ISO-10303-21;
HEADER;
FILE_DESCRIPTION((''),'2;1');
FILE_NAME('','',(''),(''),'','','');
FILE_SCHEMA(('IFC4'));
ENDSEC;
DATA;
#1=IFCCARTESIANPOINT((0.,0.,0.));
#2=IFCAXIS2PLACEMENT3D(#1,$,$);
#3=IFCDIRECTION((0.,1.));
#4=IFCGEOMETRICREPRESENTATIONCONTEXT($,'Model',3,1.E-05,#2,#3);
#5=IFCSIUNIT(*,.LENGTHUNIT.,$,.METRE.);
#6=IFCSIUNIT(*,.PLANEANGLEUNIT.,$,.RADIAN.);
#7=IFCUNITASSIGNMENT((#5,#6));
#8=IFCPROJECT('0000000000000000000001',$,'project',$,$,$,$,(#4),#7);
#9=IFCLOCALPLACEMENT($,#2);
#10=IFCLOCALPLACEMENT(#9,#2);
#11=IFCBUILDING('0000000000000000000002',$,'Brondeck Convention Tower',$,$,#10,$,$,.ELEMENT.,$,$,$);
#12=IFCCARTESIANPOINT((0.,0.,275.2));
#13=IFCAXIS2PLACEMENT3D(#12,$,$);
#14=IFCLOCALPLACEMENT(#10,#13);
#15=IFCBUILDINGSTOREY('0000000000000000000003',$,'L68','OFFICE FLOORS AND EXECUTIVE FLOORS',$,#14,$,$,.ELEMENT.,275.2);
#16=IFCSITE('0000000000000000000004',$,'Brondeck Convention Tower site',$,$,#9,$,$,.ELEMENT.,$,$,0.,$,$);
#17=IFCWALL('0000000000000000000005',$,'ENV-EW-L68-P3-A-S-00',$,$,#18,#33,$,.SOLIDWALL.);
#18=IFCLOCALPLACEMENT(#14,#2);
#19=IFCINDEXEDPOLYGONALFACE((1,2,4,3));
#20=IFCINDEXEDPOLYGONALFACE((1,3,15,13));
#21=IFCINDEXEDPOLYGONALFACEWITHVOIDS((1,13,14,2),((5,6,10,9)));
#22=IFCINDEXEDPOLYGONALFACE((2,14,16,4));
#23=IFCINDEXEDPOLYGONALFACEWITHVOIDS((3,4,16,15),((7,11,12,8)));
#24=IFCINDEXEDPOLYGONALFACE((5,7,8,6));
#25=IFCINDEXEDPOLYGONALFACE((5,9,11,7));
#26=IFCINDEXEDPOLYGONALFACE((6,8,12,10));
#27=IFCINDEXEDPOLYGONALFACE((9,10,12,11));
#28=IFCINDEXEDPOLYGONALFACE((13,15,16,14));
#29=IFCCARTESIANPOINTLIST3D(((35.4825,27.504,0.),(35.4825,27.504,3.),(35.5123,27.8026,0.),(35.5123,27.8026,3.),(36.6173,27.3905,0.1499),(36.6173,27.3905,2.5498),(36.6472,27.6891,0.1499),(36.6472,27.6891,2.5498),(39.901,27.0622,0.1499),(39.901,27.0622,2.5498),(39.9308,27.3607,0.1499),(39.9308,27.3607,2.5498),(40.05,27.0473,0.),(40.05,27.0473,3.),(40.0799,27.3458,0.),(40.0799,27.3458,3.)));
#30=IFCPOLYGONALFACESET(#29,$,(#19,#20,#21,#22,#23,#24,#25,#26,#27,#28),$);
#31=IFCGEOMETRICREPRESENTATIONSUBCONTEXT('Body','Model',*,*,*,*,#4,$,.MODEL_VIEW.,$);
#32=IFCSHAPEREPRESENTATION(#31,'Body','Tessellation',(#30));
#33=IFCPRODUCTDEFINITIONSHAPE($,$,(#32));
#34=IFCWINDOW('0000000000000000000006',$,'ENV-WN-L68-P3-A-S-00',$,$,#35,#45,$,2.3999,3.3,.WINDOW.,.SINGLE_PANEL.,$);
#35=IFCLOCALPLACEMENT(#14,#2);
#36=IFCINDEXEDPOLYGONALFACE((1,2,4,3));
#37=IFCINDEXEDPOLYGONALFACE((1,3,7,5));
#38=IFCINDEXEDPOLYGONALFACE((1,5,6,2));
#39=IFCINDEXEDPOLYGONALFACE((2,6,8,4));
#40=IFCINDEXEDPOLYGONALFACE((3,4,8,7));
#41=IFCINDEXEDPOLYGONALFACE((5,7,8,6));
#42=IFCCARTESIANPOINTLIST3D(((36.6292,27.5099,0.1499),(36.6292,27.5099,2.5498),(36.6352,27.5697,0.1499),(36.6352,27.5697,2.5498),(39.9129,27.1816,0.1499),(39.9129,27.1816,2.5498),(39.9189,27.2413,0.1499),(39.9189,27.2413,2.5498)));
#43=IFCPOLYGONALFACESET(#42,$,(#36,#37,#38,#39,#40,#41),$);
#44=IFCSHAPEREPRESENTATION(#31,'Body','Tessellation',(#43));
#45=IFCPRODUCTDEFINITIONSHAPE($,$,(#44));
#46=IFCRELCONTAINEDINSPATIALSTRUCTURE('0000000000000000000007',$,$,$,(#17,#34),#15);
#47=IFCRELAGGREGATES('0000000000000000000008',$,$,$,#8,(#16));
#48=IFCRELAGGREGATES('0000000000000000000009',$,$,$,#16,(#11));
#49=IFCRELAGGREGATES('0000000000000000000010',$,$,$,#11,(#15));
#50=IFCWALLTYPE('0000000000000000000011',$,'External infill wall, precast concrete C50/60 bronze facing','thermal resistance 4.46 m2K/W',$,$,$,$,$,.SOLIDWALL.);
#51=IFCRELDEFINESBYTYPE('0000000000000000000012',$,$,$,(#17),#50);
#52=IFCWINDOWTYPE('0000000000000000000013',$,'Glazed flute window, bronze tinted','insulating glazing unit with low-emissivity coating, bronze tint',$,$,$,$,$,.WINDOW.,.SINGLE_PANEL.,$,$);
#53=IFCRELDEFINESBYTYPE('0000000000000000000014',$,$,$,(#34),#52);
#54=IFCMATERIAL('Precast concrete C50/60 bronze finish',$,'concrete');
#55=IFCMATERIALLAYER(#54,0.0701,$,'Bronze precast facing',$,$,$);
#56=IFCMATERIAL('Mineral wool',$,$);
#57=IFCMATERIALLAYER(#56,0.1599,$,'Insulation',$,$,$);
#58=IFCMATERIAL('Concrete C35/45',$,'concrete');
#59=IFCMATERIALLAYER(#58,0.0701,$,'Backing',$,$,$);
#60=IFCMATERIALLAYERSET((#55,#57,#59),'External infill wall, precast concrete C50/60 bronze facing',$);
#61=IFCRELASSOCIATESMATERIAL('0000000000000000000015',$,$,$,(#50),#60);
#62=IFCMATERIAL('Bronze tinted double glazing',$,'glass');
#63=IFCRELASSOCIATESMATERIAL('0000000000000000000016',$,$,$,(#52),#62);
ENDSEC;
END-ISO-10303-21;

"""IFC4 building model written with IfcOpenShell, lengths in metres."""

from ifc_helpers import new_model, si_unit, direction, frame, frame_2d, origin, place, context, subcontext, project, spatial, rectangle, extrude, material, layer, layer_set, type_object, element, fill, save


model = new_model("IFC4")

# Units and contexts
model_context = context("Model", 3, precision=1e-05, world=origin(), true_north=direction((0.0, 1.0)))
body_context = subcontext(model_context, "Body", "Model", "MODEL_VIEW")
ifc_project = project(units=[si_unit("LENGTHUNIT", "METRE"), si_unit("PLANEANGLEUNIT", "RADIAN")], contexts=[model_context])

# Site, building, storey
site_placement = place(None, origin())
site = spatial("IfcSite", under=ifc_project, at=site_placement, Name="Brondeck Convention Tower site", CompositionType="ELEMENT", RefElevation=0.0)
building_placement = place(site_placement, origin())
building = spatial("IfcBuilding", under=site, at=building_placement, Name="Brondeck Convention Tower", CompositionType="ELEMENT")
storey_placement = place(building_placement, frame((0.0, 0.0, 275.2)))
storey = spatial("IfcBuildingStorey", under=building, at=storey_placement, Name="L68", Description="OFFICE FLOORS AND EXECUTIVE FLOORS", CompositionType="ELEMENT", Elevation=275.2)

# Shared definitions
ifc_material_1 = material(Name="Precast concrete C50/60 bronze finish", Category="concrete")
ifc_layer_1 = layer(ifc_material_1, 0.0701, Name="Bronze precast facing")
ifc_material_2 = material(Name="Mineral wool")
ifc_layer_2 = layer(ifc_material_2, 0.1599, Name="Insulation")
ifc_material_3 = material(Name="Concrete C35/45", Category="concrete")
ifc_layer_3 = layer(ifc_material_3, 0.0701, Name="Backing")
ifc_layer_set_1 = layer_set([ifc_layer_1, ifc_layer_2, ifc_layer_3], Name="External infill wall, precast concrete C50/60 bronze facing")
wall_type_1 = type_object("IfcWallType", Name="External infill wall, precast concrete C50/60 bronze facing", Description="thermal resistance 4.46 m2K/W", PredefinedType="SOLIDWALL", material=ifc_layer_set_1)
ifc_material_4 = material(Name="Bronze tinted double glazing", Category="glass")
window_type_1 = type_object("IfcWindowType", Name="Glazed flute window, bronze tinted", Description="insulating glazing unit with low-emissivity coating, bronze tint", PartitioningType="SINGLE_PANEL", PredefinedType="WINDOW", material=ifc_material_4)

# Wall, opening, window
wall_1_placement = place(storey_placement, frame((40.0649, 27.1965, 0.0), z_axis=(0.0, 0.0, 1.0), x_axis=(-0.995037, 0.099509, 0.0)))
wall_1 = element("IfcWall", 1, at=wall_1_placement, inside=storey, type_object=wall_type_1, Name="ENV-EW-L68-P3-A-S-00", PredefinedType="SOLIDWALL", context=body_context, shape_type="SweptSolid", body=[
    extrude(rectangle(XDim=4.5903, YDim=0.3, at=frame_2d((2.2952, 0.0))), origin(), (0.0, 0.0, 1.0), 3.0),
])
opening_1_placement = place(wall_1_placement, frame((0.1499, 0.0, 0.1499)))
opening_1 = element("IfcOpeningElement", 2, at=opening_1_placement, cuts=wall_1, PredefinedType="OPENING", context=body_context, shape_type="SweptSolid", body=[
    extrude(rectangle(XDim=3.3, YDim=2.3999, at=frame_2d((1.6499, 1.2))), frame((0.0, 0.1599, 0.0), z_axis=(0.0, -1.0, 0.0), x_axis=(1.0, 0.0, 0.0)), (0.0, 0.0, 1.0), 0.3201),
])
window_1_placement = place(opening_1_placement, origin())
window_1 = element("IfcWindow", 3, at=window_1_placement, inside=storey, type_object=window_type_1, Name="ENV-WN-L68-P3-A-S-00", OverallHeight=2.3999, OverallWidth=3.3, PartitioningType="SINGLE_PANEL", PredefinedType="WINDOW", context=body_context, shape_type="SweptSolid", body=[
    extrude(rectangle(XDim=3.3, YDim=2.3999, at=frame_2d((1.6499, 1.2))), frame((0.0, 0.03, 0.0), z_axis=(0.0, -1.0, 0.0), x_axis=(1.0, 0.0, 0.0)), (0.0, 0.0, 1.0), 0.0601),
])
fill(opening_1, window_1)

save(model, "model.ifc")
